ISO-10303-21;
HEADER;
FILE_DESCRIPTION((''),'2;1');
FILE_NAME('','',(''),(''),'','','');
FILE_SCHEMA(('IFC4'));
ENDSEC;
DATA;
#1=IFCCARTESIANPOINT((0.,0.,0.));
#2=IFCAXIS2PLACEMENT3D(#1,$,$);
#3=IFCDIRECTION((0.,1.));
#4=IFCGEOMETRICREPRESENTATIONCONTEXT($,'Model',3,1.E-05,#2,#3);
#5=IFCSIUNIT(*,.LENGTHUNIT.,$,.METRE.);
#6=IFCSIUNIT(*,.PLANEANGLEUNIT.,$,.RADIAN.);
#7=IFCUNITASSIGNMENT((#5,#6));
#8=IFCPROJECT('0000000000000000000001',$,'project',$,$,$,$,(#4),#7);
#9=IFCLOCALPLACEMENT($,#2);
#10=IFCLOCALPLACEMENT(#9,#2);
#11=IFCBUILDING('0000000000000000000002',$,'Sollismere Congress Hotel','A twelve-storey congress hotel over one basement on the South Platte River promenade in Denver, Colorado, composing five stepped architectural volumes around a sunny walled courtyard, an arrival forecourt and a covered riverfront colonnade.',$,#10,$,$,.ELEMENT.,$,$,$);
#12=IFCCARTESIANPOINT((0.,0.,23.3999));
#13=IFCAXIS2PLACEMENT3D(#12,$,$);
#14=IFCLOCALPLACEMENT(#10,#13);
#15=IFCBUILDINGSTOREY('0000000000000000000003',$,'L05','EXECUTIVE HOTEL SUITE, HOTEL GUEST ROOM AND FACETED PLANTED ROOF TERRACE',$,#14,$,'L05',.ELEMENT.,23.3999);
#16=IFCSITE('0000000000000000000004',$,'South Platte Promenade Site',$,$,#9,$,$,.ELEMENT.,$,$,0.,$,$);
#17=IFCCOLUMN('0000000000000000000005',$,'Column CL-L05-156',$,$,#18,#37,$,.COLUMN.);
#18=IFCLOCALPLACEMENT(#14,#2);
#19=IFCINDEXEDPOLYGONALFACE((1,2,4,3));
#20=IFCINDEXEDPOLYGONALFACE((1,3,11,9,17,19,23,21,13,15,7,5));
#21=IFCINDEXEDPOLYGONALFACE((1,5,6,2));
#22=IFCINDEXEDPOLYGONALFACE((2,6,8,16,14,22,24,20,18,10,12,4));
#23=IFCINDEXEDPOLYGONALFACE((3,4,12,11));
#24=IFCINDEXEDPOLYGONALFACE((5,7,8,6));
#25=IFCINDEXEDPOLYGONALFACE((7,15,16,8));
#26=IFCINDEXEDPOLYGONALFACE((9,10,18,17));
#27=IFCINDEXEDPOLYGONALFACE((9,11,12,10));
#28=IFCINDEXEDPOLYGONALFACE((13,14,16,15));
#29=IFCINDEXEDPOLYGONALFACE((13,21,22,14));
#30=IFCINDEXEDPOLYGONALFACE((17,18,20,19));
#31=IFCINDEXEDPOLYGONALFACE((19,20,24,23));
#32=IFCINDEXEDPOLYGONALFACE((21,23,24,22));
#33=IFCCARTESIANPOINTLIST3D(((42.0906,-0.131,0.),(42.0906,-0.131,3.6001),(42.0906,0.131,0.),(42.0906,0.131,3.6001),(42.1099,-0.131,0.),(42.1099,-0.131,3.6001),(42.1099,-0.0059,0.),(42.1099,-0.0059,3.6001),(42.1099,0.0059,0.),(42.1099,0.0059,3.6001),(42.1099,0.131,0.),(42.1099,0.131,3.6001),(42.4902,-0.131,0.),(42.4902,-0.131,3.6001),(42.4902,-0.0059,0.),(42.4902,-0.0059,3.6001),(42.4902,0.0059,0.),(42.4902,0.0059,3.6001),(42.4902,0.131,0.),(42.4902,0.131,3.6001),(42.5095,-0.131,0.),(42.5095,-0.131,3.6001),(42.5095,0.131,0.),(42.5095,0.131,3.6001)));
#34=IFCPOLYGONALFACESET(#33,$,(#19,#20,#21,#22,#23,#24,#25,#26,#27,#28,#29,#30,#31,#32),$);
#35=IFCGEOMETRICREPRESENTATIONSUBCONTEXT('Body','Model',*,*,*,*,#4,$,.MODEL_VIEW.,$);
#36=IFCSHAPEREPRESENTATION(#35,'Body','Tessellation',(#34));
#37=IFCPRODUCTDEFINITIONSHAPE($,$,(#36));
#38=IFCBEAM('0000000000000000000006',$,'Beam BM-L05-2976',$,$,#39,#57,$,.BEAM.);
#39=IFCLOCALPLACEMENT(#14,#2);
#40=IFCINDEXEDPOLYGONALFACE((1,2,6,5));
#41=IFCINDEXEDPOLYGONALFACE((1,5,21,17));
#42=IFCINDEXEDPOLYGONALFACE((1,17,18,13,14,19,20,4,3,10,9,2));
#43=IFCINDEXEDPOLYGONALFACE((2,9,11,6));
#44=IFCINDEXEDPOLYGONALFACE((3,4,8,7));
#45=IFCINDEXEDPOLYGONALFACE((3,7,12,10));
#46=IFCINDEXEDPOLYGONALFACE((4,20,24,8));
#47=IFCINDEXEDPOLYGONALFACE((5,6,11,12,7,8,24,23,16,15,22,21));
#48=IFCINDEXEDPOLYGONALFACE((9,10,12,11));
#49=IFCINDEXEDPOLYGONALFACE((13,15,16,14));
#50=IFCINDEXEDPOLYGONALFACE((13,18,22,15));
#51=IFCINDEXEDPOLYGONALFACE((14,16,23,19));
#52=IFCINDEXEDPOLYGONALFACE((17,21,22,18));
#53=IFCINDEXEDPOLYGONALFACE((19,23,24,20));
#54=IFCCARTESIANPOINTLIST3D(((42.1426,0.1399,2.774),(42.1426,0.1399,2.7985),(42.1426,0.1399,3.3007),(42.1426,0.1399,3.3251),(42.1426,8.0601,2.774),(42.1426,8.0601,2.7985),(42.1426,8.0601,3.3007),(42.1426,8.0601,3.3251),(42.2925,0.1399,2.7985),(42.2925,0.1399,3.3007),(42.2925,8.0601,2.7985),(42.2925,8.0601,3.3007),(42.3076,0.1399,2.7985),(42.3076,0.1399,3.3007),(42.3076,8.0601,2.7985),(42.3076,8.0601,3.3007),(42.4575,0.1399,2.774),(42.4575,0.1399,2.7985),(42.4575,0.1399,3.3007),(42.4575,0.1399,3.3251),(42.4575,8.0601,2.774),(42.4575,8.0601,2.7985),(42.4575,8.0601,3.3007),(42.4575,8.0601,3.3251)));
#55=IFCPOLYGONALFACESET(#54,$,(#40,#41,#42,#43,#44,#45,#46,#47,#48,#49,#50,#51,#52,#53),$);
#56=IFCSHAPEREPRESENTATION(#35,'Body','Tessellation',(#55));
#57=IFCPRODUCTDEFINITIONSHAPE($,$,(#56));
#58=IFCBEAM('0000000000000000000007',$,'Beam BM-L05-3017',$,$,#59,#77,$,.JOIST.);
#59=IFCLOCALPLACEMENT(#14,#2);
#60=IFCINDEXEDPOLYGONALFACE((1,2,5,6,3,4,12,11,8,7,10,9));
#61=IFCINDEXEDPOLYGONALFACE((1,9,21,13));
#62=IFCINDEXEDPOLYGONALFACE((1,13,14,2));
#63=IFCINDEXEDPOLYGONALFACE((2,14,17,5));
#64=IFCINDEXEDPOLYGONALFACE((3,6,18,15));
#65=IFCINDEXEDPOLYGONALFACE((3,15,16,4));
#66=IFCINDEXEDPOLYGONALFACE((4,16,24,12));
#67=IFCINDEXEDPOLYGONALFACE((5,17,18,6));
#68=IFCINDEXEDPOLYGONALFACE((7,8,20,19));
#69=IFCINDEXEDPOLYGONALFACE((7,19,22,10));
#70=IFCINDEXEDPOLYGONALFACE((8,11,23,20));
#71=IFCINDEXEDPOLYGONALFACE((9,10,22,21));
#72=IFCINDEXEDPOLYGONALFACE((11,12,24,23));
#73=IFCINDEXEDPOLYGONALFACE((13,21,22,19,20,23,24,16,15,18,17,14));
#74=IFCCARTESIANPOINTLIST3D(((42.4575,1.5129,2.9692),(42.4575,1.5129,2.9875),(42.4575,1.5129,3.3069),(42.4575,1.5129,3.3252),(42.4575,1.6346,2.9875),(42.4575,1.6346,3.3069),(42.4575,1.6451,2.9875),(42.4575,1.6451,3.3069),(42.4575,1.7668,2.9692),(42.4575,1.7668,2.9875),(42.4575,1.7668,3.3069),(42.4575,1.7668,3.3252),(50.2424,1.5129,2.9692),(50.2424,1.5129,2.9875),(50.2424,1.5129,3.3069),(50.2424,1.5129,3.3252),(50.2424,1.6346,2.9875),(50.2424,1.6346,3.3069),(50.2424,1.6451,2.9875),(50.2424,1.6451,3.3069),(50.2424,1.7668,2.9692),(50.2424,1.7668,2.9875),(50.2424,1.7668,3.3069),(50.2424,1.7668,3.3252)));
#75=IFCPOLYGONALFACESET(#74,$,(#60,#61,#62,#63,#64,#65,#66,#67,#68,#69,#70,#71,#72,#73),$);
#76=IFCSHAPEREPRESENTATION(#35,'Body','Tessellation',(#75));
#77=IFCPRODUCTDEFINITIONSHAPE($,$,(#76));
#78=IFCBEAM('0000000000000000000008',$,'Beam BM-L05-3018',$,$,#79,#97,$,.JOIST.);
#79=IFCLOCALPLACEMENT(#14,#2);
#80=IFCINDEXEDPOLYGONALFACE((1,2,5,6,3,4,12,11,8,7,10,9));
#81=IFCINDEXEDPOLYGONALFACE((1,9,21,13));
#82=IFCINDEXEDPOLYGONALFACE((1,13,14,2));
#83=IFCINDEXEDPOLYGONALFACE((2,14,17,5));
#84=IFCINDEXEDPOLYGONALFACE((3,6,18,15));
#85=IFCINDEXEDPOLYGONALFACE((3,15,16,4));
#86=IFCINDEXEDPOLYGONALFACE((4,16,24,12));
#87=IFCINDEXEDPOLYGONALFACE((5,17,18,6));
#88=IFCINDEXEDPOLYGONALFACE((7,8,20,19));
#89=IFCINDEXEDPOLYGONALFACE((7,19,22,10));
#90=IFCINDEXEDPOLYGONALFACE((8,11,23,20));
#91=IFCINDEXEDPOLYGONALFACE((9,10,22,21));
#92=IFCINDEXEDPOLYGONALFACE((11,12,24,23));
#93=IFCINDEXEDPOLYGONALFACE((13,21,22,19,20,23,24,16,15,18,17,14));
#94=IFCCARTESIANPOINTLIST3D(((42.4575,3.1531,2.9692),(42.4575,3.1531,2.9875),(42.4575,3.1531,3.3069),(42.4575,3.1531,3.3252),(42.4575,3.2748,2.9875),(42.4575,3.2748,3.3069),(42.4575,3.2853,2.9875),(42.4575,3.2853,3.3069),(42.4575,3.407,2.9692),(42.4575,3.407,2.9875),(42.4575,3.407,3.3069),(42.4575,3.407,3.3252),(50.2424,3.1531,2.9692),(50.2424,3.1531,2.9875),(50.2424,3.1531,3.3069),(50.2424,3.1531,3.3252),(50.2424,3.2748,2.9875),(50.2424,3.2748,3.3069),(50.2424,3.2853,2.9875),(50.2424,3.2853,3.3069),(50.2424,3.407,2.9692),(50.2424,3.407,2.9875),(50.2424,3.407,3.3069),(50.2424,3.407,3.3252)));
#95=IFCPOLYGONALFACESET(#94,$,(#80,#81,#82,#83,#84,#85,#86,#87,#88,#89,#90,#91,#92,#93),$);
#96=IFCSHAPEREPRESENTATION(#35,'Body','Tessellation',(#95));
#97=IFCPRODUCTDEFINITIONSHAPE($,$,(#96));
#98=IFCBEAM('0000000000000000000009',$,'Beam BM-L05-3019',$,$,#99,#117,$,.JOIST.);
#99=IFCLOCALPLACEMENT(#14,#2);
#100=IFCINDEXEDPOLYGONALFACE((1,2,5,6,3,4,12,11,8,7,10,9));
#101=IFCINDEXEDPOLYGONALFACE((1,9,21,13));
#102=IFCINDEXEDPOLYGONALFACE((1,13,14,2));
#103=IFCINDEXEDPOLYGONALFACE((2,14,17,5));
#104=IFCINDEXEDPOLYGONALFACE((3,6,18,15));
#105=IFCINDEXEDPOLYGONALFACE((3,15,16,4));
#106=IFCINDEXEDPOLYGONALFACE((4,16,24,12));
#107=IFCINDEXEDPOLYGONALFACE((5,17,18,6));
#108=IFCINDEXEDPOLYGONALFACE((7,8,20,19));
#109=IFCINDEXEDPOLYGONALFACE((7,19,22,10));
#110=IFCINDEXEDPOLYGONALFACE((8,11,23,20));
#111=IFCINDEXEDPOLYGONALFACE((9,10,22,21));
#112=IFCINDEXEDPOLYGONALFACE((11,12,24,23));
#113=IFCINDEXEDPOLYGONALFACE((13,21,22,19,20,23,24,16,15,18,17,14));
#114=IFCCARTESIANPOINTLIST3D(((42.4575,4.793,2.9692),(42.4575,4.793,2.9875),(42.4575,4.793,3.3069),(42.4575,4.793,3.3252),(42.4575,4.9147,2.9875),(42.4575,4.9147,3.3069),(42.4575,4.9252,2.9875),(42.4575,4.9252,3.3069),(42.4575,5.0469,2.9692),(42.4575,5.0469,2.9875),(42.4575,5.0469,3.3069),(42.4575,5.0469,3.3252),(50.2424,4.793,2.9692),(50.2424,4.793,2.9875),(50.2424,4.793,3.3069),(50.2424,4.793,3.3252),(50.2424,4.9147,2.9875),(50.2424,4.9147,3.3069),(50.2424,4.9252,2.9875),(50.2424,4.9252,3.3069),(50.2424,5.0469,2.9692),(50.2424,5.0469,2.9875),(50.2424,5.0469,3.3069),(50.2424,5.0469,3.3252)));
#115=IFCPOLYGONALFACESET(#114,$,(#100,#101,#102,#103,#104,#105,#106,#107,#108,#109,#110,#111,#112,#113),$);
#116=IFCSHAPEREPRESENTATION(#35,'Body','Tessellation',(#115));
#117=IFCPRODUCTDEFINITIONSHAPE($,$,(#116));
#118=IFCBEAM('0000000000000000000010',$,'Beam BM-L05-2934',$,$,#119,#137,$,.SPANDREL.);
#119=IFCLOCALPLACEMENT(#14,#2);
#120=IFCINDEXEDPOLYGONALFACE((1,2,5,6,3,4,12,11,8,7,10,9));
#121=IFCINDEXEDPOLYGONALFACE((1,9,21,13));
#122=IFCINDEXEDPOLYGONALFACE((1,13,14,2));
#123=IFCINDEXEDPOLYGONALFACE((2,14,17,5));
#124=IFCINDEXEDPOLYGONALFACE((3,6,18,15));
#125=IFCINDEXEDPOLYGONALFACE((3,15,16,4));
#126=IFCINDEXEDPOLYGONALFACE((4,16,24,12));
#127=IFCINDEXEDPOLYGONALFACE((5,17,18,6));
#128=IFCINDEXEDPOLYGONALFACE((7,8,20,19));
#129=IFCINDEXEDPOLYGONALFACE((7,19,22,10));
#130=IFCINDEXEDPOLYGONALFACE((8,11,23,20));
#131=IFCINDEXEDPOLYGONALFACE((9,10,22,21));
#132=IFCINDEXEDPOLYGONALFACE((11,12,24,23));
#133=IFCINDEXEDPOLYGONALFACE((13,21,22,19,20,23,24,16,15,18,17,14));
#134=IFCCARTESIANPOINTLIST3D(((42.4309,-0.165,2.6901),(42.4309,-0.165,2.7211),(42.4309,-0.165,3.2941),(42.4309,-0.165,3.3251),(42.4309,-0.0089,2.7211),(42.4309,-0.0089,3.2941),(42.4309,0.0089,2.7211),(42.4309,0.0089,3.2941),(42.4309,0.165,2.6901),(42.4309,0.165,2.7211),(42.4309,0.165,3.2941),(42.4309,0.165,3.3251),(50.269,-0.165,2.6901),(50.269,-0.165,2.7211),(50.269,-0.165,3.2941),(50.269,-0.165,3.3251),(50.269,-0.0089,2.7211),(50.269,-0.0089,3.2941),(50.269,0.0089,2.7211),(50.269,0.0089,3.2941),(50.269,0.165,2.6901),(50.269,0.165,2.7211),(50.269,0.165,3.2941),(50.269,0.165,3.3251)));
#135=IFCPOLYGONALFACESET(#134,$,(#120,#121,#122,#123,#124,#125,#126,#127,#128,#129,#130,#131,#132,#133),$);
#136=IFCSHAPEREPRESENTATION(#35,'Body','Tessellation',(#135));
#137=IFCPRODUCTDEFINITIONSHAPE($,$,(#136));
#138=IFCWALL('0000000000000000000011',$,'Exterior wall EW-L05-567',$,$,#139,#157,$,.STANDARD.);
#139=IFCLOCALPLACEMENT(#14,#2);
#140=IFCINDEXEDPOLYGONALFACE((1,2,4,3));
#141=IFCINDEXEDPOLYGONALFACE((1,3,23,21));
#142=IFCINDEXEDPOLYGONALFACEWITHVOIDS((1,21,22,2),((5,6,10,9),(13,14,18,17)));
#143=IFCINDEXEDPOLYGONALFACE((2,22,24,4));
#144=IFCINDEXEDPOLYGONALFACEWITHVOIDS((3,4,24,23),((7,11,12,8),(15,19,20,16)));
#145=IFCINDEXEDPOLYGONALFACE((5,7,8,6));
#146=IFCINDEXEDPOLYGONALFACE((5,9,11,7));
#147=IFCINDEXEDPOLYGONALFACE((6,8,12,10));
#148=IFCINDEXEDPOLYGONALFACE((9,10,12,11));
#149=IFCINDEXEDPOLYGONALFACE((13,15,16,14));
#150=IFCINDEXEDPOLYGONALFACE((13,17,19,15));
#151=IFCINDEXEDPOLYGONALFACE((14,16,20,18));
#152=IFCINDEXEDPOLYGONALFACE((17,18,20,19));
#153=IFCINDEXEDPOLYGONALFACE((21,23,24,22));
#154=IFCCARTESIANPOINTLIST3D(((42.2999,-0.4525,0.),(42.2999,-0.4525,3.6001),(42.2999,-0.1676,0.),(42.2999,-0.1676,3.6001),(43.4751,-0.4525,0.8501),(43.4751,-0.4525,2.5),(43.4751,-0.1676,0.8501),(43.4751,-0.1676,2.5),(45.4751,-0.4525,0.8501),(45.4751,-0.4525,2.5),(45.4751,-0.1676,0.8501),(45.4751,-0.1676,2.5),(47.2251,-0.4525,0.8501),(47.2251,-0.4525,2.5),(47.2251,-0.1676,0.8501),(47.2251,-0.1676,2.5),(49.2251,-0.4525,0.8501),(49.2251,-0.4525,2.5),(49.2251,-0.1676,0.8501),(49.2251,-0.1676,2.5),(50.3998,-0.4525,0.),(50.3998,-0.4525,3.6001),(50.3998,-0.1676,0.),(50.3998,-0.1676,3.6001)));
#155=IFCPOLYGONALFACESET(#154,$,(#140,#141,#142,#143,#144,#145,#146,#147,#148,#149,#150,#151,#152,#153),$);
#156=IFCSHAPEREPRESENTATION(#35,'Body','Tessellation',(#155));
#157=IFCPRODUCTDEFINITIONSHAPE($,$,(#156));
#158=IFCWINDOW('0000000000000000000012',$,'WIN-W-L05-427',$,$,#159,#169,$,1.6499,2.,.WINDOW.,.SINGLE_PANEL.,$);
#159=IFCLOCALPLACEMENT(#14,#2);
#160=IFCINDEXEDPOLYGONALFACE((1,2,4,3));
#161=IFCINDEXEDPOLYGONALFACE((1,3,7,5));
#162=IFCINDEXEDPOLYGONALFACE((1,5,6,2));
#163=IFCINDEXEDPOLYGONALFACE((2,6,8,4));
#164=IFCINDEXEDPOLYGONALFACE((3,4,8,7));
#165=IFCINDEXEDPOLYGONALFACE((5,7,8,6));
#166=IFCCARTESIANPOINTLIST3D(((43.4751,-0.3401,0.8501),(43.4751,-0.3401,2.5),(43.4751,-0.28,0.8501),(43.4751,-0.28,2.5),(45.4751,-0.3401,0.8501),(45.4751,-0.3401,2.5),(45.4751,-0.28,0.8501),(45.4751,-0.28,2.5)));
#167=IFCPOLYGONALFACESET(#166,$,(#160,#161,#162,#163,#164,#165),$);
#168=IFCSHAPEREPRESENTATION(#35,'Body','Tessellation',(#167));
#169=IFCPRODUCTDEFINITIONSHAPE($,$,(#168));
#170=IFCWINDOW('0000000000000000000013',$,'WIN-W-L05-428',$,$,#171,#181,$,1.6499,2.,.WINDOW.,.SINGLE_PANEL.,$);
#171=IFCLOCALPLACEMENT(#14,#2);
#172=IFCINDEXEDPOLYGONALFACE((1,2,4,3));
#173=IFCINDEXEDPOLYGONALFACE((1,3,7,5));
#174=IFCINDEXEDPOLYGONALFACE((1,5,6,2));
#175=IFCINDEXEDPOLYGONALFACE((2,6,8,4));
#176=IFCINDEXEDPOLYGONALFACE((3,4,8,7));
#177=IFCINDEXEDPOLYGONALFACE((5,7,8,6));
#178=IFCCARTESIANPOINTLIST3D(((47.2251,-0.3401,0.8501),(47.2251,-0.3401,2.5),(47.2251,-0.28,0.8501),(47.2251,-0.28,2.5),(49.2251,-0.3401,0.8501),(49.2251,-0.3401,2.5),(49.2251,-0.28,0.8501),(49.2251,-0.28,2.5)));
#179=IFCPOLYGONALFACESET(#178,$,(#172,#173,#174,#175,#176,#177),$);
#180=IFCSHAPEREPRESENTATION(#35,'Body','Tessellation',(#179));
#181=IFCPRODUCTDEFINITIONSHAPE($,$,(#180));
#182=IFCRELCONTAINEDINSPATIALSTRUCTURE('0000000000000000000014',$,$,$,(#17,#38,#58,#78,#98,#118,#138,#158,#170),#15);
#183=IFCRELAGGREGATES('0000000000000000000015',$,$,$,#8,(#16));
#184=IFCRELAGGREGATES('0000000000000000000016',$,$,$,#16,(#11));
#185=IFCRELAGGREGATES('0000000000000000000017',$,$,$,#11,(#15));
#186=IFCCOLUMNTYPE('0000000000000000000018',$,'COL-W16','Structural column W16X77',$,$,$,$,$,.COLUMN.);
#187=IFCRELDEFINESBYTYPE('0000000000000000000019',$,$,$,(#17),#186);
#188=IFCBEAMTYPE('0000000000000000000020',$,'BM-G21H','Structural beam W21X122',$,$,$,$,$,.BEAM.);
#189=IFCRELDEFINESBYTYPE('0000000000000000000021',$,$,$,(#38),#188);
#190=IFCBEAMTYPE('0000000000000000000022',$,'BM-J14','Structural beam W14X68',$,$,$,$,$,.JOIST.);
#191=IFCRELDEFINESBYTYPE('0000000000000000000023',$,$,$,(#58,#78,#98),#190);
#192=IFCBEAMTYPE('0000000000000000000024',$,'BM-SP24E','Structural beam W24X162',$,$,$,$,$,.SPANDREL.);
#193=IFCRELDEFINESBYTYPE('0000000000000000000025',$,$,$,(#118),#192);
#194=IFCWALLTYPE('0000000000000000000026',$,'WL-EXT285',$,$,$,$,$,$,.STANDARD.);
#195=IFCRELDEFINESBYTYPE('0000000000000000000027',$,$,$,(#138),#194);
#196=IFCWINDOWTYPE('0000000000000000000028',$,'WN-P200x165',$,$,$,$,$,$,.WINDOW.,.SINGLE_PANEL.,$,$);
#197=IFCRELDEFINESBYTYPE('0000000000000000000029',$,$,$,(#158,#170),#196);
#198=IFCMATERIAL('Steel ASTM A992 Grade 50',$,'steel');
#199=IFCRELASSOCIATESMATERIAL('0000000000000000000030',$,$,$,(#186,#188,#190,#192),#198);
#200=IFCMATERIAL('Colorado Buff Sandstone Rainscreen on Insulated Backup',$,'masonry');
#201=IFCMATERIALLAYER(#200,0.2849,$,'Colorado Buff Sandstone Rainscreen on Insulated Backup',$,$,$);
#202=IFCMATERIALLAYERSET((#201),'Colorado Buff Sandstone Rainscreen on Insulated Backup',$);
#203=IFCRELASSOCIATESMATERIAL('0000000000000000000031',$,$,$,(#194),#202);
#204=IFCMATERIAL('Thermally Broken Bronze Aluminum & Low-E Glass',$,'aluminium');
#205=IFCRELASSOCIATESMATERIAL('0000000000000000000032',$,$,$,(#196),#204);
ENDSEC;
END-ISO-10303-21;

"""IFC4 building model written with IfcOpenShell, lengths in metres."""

from ifc_helpers import new_model, si_unit, direction, frame, frame_2d, origin, origin_2d, place, context, subcontext, project, spatial, rectangle, i_section, extrude, material, layer, layer_set, material_profile, profile_set, type_object, element, fill, save


model = new_model("IFC4")

# Units and contexts
model_context = context("Model", 3, precision=1e-05, world=origin(), true_north=direction((0.0, 1.0)))
body_context = subcontext(model_context, "Body", "Model", "MODEL_VIEW")
ifc_project = project(units=[si_unit("LENGTHUNIT", "METRE"), si_unit("PLANEANGLEUNIT", "RADIAN")], contexts=[model_context])

# Site, building, storey
site_placement = place(None, origin())
site = spatial("IfcSite", under=ifc_project, at=site_placement, Name="South Platte Promenade Site", CompositionType="ELEMENT", RefElevation=0.0)
building_placement = place(site_placement, origin())
building = spatial("IfcBuilding", under=site, at=building_placement, Name="Sollismere Congress Hotel", Description="A twelve-storey congress hotel over one basement on the South Platte River promenade in Denver, Colorado, composing five stepped architectural volumes around a sunny walled courtyard, an arrival forecourt and a covered riverfront colonnade.", CompositionType="ELEMENT")
storey_placement = place(building_placement, frame((0.0, 0.0, 23.3999)))
storey = spatial("IfcBuildingStorey", under=building, at=storey_placement, Name="L05", Description="EXECUTIVE HOTEL SUITE, HOTEL GUEST ROOM AND FACETED PLANTED ROOF TERRACE", LongName="L05", CompositionType="ELEMENT", Elevation=23.3999)

# Column
ifc_material_1 = material(Name="Steel ASTM A992 Grade 50", Category="steel")
ifc_material_profile_1 = material_profile(ifc_material_1, i_section(OverallWidth=0.262, OverallDepth=0.4189, WebThickness=0.0117, FlangeThickness=0.0193, at=origin_2d()), Name="W16X77")
ifc_profile_set_1 = profile_set([ifc_material_profile_1], Name="Steel ASTM A992 Grade 50")
column_type = type_object("IfcColumnType", Name="COL-W16", Description="Structural column W16X77", PredefinedType="COLUMN", material=ifc_profile_set_1)
column_placement = place(storey_placement, frame((42.3, 0.0, 0.0), z_axis=(0.0, 0.0, 1.0), x_axis=(0.0, 1.0, 0.0)))
element("IfcColumn", 1, at=column_placement, inside=storey, type_object=column_type, Name="Column CL-L05-156", PredefinedType="COLUMN", context=body_context, shape_type="SweptSolid", body=[
    extrude(i_section(OverallWidth=0.262, OverallDepth=0.4189, WebThickness=0.0117, FlangeThickness=0.0193, at=origin_2d()), origin(), (0.0, 0.0, 1.0), 3.6001),
])

# Beams
ifc_material_profile_2 = material_profile(ifc_material_1, i_section(OverallWidth=0.3149, OverallDepth=0.551, WebThickness=0.0151, FlangeThickness=0.0244, at=origin_2d()), Name="W21X122")
ifc_profile_set_2 = profile_set([ifc_material_profile_2], Name="Steel ASTM A992 Grade 50")
beam_type_1 = type_object("IfcBeamType", Name="BM-G21H", Description="Structural beam W21X122", PredefinedType="BEAM", material=ifc_profile_set_2)
beam_1_placement = place(storey_placement, frame((42.3, 0.1399, 3.0496), z_axis=(0.0, 1.0, 0.0), x_axis=(-1.0, 0.0, 0.0)))
element("IfcBeam", 2, at=beam_1_placement, inside=storey, type_object=beam_type_1, Name="Beam BM-L05-2976", PredefinedType="BEAM", context=body_context, shape_type="SweptSolid", body=[
    extrude(i_section(OverallWidth=0.3149, OverallDepth=0.551, WebThickness=0.0151, FlangeThickness=0.0244, at=origin_2d()), origin(), (0.0, 0.0, 1.0), 7.9202),
])
ifc_material_profile_3 = material_profile(ifc_material_1, i_section(OverallWidth=0.2539, OverallDepth=0.356, WebThickness=0.0105, FlangeThickness=0.0183, at=origin_2d()), Name="W14X68")
ifc_profile_set_3 = profile_set([ifc_material_profile_3], Name="Steel ASTM A992 Grade 50")
beam_type_2 = type_object("IfcBeamType", Name="BM-J14", Description="Structural beam W14X68", PredefinedType="JOIST", material=ifc_profile_set_3)
for number, where, z_axis, x_axis, name in (
    (3, (42.4575, 1.6399, 3.1472), (1.0, 0.0, 0.0), (0.0, 1.0, 0.0), "Beam BM-L05-3017"),
    (4, (42.4575, 3.28, 3.1472), (1.0, 0.0, 0.0), (0.0, 1.0, 0.0), "Beam BM-L05-3018"),
    (5, (42.4575, 4.9199, 3.1472), (1.0, 0.0, 0.0), (0.0, 1.0, 0.0), "Beam BM-L05-3019"),
):
    element("IfcBeam", number, at=place(storey_placement, frame(where, z_axis=z_axis, x_axis=x_axis)), inside=storey, type_object=beam_type_2, Name=name, PredefinedType="JOIST", context=body_context, shape_type="SweptSolid", body=[
        extrude(i_section(OverallWidth=0.2539, OverallDepth=0.356, WebThickness=0.0105, FlangeThickness=0.0183, at=origin_2d()), origin(), (0.0, 0.0, 1.0), 7.7849),
    ])
ifc_material_profile_4 = material_profile(ifc_material_1, i_section(OverallWidth=0.3301, OverallDepth=0.635, WebThickness=0.0178, FlangeThickness=0.031, at=origin_2d()), Name="W24X162")
ifc_profile_set_4 = profile_set([ifc_material_profile_4], Name="Steel ASTM A992 Grade 50")
beam_type_3 = type_object("IfcBeamType", Name="BM-SP24E", Description="Structural beam W24X162", PredefinedType="SPANDREL", material=ifc_profile_set_4)
beam_2_placement = place(storey_placement, frame((42.4309, 0.0, 3.0076), z_axis=(1.0, 0.0, 0.0), x_axis=(0.0, 1.0, 0.0)))
element("IfcBeam", 6, at=beam_2_placement, inside=storey, type_object=beam_type_3, Name="Beam BM-L05-2934", PredefinedType="SPANDREL", context=body_context, shape_type="SweptSolid", body=[
    extrude(i_section(OverallWidth=0.3301, OverallDepth=0.635, WebThickness=0.0178, FlangeThickness=0.031, at=origin_2d()), origin(), (0.0, 0.0, 1.0), 7.8381),
])

# Wall, openings, windows
ifc_material_2 = material(Name="Colorado Buff Sandstone Rainscreen on Insulated Backup", Category="masonry")
ifc_layer_1 = layer(ifc_material_2, 0.2849, Name="Colorado Buff Sandstone Rainscreen on Insulated Backup")
ifc_layer_set_1 = layer_set([ifc_layer_1], Name="Colorado Buff Sandstone Rainscreen on Insulated Backup")
wall_type_1 = type_object("IfcWallType", Name="WL-EXT285", PredefinedType="STANDARD", material=ifc_layer_set_1)
wall_1_placement = place(storey_placement, frame((42.3, -0.3101, 0.0), z_axis=(0.0, 0.0, 1.0), x_axis=(1.0, 0.0, 0.0)))
wall_1 = element("IfcWall", 7, at=wall_1_placement, inside=storey, type_object=wall_type_1, Name="Exterior wall EW-L05-567", PredefinedType="STANDARD", context=body_context, shape_type="SweptSolid", body=[
    extrude(rectangle(XDim=8.0999, YDim=0.2849, at=frame_2d((4.0498, 0.0))), origin(), (0.0, 0.0, 1.0), 3.6001),
])
opening_1_placement = place(wall_1_placement, frame((1.175, 0.0, 0.8501)))
opening_1 = element("IfcOpeningElement", 8, at=opening_1_placement, cuts=wall_1, PredefinedType="OPENING", context=body_context, shape_type="SweptSolid", body=[
    extrude(rectangle(XDim=2.0, YDim=1.6499, at=frame_2d((1.0, 0.825))), frame((0.0, 0.1523, 0.0), z_axis=(0.0, -1.0, 0.0), x_axis=(1.0, 0.0, 0.0)), (0.0, 0.0, 1.0), 0.3049),
])
opening_2_placement = place(wall_1_placement, frame((4.925, 0.0, 0.8501)))
opening_2 = element("IfcOpeningElement", 9, at=opening_2_placement, cuts=wall_1, PredefinedType="OPENING", context=body_context, shape_type="SweptSolid", body=[
    extrude(rectangle(XDim=2.0, YDim=1.6499, at=frame_2d((1.0, 0.825))), frame((0.0, 0.1523, 0.0), z_axis=(0.0, -1.0, 0.0), x_axis=(1.0, 0.0, 0.0)), (0.0, 0.0, 1.0), 0.3049),
])
ifc_material_3 = material(Name="Thermally Broken Bronze Aluminum & Low-E Glass", Category="aluminium")
window_type = type_object("IfcWindowType", Name="WN-P200x165", PartitioningType="SINGLE_PANEL", PredefinedType="WINDOW", material=ifc_material_3)
window_1_placement = place(opening_1_placement, origin())
window_1 = element("IfcWindow", 10, at=window_1_placement, inside=storey, type_object=window_type, Name="WIN-W-L05-427", OverallHeight=1.6499, OverallWidth=2.0, PartitioningType="SINGLE_PANEL", PredefinedType="WINDOW", context=body_context, shape_type="SweptSolid", body=[
    extrude(rectangle(XDim=2.0, YDim=1.6499, at=frame_2d((1.0, 0.825))), frame((0.0, 0.03, 0.0), z_axis=(0.0, -1.0, 0.0), x_axis=(1.0, 0.0, 0.0)), (0.0, 0.0, 1.0), 0.0601),
])
fill(opening_1, window_1)
window_2_placement = place(opening_2_placement, origin())
window_2 = element("IfcWindow", 11, at=window_2_placement, inside=storey, type_object=window_type, Name="WIN-W-L05-428", OverallHeight=1.6499, OverallWidth=2.0, PartitioningType="SINGLE_PANEL", PredefinedType="WINDOW", context=body_context, shape_type="SweptSolid", body=[
    extrude(rectangle(XDim=2.0, YDim=1.6499, at=frame_2d((1.0, 0.825))), frame((0.0, 0.03, 0.0), z_axis=(0.0, -1.0, 0.0), x_axis=(1.0, 0.0, 0.0)), (0.0, 0.0, 1.0), 0.0601),
])
fill(opening_2, window_2)

save(model, "model.ifc")
